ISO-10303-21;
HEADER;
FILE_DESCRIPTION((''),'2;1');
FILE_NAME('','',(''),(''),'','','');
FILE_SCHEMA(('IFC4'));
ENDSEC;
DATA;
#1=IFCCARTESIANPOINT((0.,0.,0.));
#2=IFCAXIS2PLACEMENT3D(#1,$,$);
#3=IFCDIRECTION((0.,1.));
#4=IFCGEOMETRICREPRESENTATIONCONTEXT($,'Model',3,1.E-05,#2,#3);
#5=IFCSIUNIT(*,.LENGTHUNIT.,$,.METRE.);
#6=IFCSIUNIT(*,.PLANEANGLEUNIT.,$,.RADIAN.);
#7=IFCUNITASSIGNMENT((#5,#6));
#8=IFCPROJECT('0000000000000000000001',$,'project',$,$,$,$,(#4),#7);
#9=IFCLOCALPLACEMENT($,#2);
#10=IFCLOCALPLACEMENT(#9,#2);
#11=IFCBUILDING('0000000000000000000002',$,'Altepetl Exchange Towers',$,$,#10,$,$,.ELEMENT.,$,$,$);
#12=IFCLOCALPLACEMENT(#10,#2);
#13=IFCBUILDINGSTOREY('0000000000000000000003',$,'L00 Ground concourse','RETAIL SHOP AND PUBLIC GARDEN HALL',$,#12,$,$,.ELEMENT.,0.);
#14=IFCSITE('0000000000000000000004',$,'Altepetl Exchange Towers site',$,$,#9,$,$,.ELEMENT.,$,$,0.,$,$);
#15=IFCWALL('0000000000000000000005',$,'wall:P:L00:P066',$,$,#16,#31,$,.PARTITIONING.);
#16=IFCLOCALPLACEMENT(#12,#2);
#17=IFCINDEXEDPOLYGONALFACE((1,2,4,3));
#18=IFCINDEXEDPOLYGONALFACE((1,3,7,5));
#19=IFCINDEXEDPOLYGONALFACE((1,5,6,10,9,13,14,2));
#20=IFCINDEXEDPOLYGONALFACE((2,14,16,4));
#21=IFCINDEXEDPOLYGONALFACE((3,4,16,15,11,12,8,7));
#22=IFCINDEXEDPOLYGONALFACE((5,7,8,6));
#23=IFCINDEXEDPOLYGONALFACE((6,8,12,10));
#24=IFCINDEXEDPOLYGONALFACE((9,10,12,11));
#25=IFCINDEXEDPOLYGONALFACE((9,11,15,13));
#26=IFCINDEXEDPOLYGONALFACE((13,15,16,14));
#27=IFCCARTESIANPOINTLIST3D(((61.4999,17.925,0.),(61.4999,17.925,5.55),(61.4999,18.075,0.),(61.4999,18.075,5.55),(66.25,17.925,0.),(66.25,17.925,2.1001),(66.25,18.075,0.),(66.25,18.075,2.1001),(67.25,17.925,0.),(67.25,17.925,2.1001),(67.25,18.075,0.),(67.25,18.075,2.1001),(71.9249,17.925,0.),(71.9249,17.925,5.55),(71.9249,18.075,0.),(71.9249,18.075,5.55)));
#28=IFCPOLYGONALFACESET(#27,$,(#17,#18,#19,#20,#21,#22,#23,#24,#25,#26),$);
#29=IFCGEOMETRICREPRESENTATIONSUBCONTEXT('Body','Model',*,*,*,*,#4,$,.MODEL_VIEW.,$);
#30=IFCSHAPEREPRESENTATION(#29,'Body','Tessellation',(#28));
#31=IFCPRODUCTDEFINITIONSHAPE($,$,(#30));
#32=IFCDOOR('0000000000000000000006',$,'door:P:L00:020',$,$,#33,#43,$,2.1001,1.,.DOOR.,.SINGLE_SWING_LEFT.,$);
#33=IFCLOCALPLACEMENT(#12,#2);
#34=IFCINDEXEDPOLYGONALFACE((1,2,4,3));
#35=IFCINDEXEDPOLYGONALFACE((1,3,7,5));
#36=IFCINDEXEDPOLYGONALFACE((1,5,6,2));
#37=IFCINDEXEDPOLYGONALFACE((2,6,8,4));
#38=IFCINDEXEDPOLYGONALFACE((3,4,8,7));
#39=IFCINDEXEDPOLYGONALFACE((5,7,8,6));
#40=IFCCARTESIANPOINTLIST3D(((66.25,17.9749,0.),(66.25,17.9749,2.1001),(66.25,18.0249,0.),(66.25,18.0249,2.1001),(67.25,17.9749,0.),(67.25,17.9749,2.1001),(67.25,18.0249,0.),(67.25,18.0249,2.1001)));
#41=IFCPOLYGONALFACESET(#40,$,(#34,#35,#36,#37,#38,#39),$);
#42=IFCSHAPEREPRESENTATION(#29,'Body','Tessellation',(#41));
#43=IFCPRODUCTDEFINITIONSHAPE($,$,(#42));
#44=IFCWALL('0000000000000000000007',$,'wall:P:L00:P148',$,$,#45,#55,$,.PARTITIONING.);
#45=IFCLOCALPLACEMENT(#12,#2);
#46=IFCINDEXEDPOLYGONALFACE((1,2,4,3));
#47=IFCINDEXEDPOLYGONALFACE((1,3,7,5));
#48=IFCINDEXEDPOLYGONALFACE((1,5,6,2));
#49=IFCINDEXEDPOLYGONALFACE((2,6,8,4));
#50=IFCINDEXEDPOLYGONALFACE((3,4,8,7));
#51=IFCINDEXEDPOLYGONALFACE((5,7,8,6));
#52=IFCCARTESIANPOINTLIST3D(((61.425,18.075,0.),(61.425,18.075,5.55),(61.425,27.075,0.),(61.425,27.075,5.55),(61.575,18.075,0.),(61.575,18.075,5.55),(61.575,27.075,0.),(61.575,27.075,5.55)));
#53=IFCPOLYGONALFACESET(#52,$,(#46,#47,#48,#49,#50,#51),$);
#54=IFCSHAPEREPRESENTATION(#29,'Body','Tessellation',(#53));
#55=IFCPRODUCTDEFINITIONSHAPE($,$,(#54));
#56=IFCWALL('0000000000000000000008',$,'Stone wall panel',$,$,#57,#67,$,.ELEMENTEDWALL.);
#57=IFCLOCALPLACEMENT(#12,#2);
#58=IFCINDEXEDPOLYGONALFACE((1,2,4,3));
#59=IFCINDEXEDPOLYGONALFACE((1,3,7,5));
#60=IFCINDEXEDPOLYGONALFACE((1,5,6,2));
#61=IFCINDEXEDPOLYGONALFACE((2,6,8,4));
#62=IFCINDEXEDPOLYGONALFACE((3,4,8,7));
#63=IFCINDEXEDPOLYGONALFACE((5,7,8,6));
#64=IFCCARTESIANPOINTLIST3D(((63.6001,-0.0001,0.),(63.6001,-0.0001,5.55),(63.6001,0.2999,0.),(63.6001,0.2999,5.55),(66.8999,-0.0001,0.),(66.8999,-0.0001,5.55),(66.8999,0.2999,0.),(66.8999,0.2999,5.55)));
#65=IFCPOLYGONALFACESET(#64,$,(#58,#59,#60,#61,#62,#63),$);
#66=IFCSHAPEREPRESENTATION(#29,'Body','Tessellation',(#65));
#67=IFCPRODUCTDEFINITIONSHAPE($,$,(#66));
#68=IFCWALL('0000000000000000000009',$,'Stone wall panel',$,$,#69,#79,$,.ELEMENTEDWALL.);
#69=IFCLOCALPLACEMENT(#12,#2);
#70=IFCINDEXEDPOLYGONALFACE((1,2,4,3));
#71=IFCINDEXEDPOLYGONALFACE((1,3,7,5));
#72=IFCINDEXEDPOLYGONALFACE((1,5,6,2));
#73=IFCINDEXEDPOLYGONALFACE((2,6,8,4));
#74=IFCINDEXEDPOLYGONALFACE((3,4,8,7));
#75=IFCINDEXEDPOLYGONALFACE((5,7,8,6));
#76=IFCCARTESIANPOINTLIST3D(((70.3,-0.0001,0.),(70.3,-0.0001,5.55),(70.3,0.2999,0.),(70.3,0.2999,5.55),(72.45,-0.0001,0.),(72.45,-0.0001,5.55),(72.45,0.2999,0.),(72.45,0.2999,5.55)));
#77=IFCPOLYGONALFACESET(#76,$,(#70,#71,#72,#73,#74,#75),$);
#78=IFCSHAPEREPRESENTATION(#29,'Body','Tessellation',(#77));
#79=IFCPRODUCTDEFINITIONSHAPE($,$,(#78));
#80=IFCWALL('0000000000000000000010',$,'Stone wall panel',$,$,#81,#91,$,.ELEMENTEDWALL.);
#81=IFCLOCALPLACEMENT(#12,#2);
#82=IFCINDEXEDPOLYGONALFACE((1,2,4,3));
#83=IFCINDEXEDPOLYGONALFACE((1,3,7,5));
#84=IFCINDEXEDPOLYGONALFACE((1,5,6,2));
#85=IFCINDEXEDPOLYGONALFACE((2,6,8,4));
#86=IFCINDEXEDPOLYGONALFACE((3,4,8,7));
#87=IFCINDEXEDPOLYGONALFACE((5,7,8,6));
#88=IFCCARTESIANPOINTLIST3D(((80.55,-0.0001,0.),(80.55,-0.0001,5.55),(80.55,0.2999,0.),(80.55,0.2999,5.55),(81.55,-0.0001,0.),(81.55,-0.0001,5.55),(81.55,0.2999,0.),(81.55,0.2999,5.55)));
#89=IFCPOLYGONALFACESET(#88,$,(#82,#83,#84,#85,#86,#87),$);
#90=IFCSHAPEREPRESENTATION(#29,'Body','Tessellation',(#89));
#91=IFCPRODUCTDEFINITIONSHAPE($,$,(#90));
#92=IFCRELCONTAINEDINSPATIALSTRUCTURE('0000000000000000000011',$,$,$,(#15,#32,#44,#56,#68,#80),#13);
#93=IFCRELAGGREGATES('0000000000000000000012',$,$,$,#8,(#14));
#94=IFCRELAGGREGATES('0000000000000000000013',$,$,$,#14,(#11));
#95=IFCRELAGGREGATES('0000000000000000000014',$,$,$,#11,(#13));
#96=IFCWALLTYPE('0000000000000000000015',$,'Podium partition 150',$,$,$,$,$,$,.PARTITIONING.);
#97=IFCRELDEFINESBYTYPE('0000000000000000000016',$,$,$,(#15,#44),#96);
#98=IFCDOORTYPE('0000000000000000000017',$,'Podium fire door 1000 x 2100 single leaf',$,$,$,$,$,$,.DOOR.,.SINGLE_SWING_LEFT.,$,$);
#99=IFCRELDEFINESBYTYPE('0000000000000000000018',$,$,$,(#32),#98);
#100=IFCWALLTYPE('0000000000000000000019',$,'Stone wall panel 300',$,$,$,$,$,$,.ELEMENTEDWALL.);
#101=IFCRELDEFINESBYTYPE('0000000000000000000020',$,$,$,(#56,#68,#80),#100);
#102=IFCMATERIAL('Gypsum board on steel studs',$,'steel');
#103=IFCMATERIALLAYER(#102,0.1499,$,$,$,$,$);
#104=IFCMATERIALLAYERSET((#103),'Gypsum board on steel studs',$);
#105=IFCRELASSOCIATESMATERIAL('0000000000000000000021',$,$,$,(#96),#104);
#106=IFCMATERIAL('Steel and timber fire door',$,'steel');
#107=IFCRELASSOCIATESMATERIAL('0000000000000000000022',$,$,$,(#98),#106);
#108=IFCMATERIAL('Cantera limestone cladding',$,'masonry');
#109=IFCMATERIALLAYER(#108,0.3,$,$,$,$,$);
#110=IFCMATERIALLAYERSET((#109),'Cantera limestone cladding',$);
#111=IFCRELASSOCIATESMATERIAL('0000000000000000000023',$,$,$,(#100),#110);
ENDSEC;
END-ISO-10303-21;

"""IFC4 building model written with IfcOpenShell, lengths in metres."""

from ifc_helpers import new_model, si_unit, direction, frame, frame_2d, origin, place, context, subcontext, project, spatial, rectangle, extrude, material, layer, layer_set, type_object, element, fill, save


model = new_model("IFC4")

# Units and contexts
model_context = context("Model", 3, precision=1e-05, world=origin(), true_north=direction((0.0, 1.0)))
body_context = subcontext(model_context, "Body", "Model", "MODEL_VIEW")
ifc_project = project(units=[si_unit("LENGTHUNIT", "METRE"), si_unit("PLANEANGLEUNIT", "RADIAN")], contexts=[model_context])

# Site, building, storey
site_placement = place(None, origin())
site = spatial("IfcSite", under=ifc_project, at=site_placement, Name="Altepetl Exchange Towers site", CompositionType="ELEMENT", RefElevation=0.0)
building_placement = place(site_placement, origin())
building = spatial("IfcBuilding", under=site, at=building_placement, Name="Altepetl Exchange Towers", CompositionType="ELEMENT")
storey_placement = place(building_placement, origin())
storey = spatial("IfcBuildingStorey", under=building, at=storey_placement, Name="L00 Ground concourse", Description="RETAIL SHOP AND PUBLIC GARDEN HALL", CompositionType="ELEMENT", Elevation=0.0)

# Shared definitions
ifc_material_1 = material(Name="Gypsum board on steel studs", Category="steel")
ifc_layer_1 = layer(ifc_material_1, 0.1499)
ifc_layer_set_1 = layer_set([ifc_layer_1], Name="Gypsum board on steel studs")
wall_type_1 = type_object("IfcWallType", Name="Podium partition 150", PredefinedType="PARTITIONING", material=ifc_layer_set_1)
ifc_material_2 = material(Name="Steel and timber fire door", Category="steel")
door_type_1 = type_object("IfcDoorType", Name="Podium fire door 1000 x 2100 single leaf", OperationType="SINGLE_SWING_LEFT", PredefinedType="DOOR", material=ifc_material_2)

# Wall, opening, door
wall_1_placement = place(storey_placement, frame((61.5, 18.0, 0.0)))
wall_1 = element("IfcWall", 1, at=wall_1_placement, inside=storey, type_object=wall_type_1, Name="wall:P:L00:P066", PredefinedType="PARTITIONING", context=body_context, shape_type="SweptSolid", body=[
    extrude(rectangle(XDim=10.425, YDim=0.1499, at=frame_2d((5.2124, 0.0))), origin(), (0.0, 0.0, 1.0), 5.55),
])
opening_1_placement = place(wall_1_placement, frame((4.75, 0.0, 0.0)))
opening_1 = element("IfcOpeningElement", 2, at=opening_1_placement, cuts=wall_1, PredefinedType="OPENING", context=body_context, shape_type="SweptSolid", body=[
    extrude(rectangle(XDim=1.0, YDim=2.1001, at=frame_2d((0.5, 1.05))), frame((0.0, 0.085, 0.0), z_axis=(0.0, -1.0, 0.0), x_axis=(1.0, 0.0, 0.0)), (0.0, 0.0, 1.0), 0.1699),
])
door_1_placement = place(opening_1_placement, origin())
door_1 = element("IfcDoor", 3, at=door_1_placement, inside=storey, type_object=door_type_1, Name="door:P:L00:020", OperationType="SINGLE_SWING_LEFT", OverallHeight=2.1001, OverallWidth=1.0, PredefinedType="DOOR", context=body_context, shape_type="SweptSolid", body=[
    extrude(rectangle(XDim=1.0, YDim=2.1001, at=frame_2d((0.5, 1.05))), frame((0.0, 0.0249, 0.0), z_axis=(0.0, -1.0, 0.0), x_axis=(1.0, 0.0, 0.0)), (0.0, 0.0, 1.0), 0.05),
])
fill(opening_1, door_1)

# Walls
wall_2_placement = place(storey_placement, frame((61.5, 18.075, 0.0), z_axis=(0.0, 0.0, 1.0), x_axis=(0.0, 1.0, 0.0)))
element("IfcWall", 4, at=wall_2_placement, inside=storey, type_object=wall_type_1, Name="wall:P:L00:P148", PredefinedType="PARTITIONING", context=body_context, shape_type="SweptSolid", body=[
    extrude(rectangle(XDim=9.0, YDim=0.1499, at=frame_2d((4.5, 0.0))), origin(), (0.0, 0.0, 1.0), 5.55),
])
ifc_material_3 = material(Name="Cantera limestone cladding", Category="masonry")
ifc_layer_2 = layer(ifc_material_3, 0.3)
ifc_layer_set_2 = layer_set([ifc_layer_2], Name="Cantera limestone cladding")
wall_type_2 = type_object("IfcWallType", Name="Stone wall panel 300", PredefinedType="ELEMENTEDWALL", material=ifc_layer_set_2)
wall_3_placement = place(storey_placement, frame((63.6001, 0.1499, 0.0)))
element("IfcWall", 5, at=wall_3_placement, inside=storey, type_object=wall_type_2, Name="Stone wall panel", PredefinedType="ELEMENTEDWALL", context=body_context, shape_type="SweptSolid", body=[
    extrude(rectangle(XDim=3.2998, YDim=0.3, at=frame_2d((1.6499, 0.0))), origin(), (0.0, 0.0, 1.0), 5.55),
])
wall_4_placement = place(storey_placement, frame((70.3, 0.1499, 0.0)))
element("IfcWall", 6, at=wall_4_placement, inside=storey, type_object=wall_type_2, Name="Stone wall panel", PredefinedType="ELEMENTEDWALL", context=body_context, shape_type="SweptSolid", body=[
    extrude(rectangle(XDim=2.1499, YDim=0.3, at=frame_2d((1.075, 0.0))), origin(), (0.0, 0.0, 1.0), 5.55),
])
wall_5_placement = place(storey_placement, frame((80.55, 0.1499, 0.0)))
element("IfcWall", 7, at=wall_5_placement, inside=storey, type_object=wall_type_2, Name="Stone wall panel", PredefinedType="ELEMENTEDWALL", context=body_context, shape_type="SweptSolid", body=[
    extrude(rectangle(XDim=1.0, YDim=0.3, at=frame_2d((0.5, 0.0))), origin(), (0.0, 0.0, 1.0), 5.55),
])

save(model, "model.ifc")
